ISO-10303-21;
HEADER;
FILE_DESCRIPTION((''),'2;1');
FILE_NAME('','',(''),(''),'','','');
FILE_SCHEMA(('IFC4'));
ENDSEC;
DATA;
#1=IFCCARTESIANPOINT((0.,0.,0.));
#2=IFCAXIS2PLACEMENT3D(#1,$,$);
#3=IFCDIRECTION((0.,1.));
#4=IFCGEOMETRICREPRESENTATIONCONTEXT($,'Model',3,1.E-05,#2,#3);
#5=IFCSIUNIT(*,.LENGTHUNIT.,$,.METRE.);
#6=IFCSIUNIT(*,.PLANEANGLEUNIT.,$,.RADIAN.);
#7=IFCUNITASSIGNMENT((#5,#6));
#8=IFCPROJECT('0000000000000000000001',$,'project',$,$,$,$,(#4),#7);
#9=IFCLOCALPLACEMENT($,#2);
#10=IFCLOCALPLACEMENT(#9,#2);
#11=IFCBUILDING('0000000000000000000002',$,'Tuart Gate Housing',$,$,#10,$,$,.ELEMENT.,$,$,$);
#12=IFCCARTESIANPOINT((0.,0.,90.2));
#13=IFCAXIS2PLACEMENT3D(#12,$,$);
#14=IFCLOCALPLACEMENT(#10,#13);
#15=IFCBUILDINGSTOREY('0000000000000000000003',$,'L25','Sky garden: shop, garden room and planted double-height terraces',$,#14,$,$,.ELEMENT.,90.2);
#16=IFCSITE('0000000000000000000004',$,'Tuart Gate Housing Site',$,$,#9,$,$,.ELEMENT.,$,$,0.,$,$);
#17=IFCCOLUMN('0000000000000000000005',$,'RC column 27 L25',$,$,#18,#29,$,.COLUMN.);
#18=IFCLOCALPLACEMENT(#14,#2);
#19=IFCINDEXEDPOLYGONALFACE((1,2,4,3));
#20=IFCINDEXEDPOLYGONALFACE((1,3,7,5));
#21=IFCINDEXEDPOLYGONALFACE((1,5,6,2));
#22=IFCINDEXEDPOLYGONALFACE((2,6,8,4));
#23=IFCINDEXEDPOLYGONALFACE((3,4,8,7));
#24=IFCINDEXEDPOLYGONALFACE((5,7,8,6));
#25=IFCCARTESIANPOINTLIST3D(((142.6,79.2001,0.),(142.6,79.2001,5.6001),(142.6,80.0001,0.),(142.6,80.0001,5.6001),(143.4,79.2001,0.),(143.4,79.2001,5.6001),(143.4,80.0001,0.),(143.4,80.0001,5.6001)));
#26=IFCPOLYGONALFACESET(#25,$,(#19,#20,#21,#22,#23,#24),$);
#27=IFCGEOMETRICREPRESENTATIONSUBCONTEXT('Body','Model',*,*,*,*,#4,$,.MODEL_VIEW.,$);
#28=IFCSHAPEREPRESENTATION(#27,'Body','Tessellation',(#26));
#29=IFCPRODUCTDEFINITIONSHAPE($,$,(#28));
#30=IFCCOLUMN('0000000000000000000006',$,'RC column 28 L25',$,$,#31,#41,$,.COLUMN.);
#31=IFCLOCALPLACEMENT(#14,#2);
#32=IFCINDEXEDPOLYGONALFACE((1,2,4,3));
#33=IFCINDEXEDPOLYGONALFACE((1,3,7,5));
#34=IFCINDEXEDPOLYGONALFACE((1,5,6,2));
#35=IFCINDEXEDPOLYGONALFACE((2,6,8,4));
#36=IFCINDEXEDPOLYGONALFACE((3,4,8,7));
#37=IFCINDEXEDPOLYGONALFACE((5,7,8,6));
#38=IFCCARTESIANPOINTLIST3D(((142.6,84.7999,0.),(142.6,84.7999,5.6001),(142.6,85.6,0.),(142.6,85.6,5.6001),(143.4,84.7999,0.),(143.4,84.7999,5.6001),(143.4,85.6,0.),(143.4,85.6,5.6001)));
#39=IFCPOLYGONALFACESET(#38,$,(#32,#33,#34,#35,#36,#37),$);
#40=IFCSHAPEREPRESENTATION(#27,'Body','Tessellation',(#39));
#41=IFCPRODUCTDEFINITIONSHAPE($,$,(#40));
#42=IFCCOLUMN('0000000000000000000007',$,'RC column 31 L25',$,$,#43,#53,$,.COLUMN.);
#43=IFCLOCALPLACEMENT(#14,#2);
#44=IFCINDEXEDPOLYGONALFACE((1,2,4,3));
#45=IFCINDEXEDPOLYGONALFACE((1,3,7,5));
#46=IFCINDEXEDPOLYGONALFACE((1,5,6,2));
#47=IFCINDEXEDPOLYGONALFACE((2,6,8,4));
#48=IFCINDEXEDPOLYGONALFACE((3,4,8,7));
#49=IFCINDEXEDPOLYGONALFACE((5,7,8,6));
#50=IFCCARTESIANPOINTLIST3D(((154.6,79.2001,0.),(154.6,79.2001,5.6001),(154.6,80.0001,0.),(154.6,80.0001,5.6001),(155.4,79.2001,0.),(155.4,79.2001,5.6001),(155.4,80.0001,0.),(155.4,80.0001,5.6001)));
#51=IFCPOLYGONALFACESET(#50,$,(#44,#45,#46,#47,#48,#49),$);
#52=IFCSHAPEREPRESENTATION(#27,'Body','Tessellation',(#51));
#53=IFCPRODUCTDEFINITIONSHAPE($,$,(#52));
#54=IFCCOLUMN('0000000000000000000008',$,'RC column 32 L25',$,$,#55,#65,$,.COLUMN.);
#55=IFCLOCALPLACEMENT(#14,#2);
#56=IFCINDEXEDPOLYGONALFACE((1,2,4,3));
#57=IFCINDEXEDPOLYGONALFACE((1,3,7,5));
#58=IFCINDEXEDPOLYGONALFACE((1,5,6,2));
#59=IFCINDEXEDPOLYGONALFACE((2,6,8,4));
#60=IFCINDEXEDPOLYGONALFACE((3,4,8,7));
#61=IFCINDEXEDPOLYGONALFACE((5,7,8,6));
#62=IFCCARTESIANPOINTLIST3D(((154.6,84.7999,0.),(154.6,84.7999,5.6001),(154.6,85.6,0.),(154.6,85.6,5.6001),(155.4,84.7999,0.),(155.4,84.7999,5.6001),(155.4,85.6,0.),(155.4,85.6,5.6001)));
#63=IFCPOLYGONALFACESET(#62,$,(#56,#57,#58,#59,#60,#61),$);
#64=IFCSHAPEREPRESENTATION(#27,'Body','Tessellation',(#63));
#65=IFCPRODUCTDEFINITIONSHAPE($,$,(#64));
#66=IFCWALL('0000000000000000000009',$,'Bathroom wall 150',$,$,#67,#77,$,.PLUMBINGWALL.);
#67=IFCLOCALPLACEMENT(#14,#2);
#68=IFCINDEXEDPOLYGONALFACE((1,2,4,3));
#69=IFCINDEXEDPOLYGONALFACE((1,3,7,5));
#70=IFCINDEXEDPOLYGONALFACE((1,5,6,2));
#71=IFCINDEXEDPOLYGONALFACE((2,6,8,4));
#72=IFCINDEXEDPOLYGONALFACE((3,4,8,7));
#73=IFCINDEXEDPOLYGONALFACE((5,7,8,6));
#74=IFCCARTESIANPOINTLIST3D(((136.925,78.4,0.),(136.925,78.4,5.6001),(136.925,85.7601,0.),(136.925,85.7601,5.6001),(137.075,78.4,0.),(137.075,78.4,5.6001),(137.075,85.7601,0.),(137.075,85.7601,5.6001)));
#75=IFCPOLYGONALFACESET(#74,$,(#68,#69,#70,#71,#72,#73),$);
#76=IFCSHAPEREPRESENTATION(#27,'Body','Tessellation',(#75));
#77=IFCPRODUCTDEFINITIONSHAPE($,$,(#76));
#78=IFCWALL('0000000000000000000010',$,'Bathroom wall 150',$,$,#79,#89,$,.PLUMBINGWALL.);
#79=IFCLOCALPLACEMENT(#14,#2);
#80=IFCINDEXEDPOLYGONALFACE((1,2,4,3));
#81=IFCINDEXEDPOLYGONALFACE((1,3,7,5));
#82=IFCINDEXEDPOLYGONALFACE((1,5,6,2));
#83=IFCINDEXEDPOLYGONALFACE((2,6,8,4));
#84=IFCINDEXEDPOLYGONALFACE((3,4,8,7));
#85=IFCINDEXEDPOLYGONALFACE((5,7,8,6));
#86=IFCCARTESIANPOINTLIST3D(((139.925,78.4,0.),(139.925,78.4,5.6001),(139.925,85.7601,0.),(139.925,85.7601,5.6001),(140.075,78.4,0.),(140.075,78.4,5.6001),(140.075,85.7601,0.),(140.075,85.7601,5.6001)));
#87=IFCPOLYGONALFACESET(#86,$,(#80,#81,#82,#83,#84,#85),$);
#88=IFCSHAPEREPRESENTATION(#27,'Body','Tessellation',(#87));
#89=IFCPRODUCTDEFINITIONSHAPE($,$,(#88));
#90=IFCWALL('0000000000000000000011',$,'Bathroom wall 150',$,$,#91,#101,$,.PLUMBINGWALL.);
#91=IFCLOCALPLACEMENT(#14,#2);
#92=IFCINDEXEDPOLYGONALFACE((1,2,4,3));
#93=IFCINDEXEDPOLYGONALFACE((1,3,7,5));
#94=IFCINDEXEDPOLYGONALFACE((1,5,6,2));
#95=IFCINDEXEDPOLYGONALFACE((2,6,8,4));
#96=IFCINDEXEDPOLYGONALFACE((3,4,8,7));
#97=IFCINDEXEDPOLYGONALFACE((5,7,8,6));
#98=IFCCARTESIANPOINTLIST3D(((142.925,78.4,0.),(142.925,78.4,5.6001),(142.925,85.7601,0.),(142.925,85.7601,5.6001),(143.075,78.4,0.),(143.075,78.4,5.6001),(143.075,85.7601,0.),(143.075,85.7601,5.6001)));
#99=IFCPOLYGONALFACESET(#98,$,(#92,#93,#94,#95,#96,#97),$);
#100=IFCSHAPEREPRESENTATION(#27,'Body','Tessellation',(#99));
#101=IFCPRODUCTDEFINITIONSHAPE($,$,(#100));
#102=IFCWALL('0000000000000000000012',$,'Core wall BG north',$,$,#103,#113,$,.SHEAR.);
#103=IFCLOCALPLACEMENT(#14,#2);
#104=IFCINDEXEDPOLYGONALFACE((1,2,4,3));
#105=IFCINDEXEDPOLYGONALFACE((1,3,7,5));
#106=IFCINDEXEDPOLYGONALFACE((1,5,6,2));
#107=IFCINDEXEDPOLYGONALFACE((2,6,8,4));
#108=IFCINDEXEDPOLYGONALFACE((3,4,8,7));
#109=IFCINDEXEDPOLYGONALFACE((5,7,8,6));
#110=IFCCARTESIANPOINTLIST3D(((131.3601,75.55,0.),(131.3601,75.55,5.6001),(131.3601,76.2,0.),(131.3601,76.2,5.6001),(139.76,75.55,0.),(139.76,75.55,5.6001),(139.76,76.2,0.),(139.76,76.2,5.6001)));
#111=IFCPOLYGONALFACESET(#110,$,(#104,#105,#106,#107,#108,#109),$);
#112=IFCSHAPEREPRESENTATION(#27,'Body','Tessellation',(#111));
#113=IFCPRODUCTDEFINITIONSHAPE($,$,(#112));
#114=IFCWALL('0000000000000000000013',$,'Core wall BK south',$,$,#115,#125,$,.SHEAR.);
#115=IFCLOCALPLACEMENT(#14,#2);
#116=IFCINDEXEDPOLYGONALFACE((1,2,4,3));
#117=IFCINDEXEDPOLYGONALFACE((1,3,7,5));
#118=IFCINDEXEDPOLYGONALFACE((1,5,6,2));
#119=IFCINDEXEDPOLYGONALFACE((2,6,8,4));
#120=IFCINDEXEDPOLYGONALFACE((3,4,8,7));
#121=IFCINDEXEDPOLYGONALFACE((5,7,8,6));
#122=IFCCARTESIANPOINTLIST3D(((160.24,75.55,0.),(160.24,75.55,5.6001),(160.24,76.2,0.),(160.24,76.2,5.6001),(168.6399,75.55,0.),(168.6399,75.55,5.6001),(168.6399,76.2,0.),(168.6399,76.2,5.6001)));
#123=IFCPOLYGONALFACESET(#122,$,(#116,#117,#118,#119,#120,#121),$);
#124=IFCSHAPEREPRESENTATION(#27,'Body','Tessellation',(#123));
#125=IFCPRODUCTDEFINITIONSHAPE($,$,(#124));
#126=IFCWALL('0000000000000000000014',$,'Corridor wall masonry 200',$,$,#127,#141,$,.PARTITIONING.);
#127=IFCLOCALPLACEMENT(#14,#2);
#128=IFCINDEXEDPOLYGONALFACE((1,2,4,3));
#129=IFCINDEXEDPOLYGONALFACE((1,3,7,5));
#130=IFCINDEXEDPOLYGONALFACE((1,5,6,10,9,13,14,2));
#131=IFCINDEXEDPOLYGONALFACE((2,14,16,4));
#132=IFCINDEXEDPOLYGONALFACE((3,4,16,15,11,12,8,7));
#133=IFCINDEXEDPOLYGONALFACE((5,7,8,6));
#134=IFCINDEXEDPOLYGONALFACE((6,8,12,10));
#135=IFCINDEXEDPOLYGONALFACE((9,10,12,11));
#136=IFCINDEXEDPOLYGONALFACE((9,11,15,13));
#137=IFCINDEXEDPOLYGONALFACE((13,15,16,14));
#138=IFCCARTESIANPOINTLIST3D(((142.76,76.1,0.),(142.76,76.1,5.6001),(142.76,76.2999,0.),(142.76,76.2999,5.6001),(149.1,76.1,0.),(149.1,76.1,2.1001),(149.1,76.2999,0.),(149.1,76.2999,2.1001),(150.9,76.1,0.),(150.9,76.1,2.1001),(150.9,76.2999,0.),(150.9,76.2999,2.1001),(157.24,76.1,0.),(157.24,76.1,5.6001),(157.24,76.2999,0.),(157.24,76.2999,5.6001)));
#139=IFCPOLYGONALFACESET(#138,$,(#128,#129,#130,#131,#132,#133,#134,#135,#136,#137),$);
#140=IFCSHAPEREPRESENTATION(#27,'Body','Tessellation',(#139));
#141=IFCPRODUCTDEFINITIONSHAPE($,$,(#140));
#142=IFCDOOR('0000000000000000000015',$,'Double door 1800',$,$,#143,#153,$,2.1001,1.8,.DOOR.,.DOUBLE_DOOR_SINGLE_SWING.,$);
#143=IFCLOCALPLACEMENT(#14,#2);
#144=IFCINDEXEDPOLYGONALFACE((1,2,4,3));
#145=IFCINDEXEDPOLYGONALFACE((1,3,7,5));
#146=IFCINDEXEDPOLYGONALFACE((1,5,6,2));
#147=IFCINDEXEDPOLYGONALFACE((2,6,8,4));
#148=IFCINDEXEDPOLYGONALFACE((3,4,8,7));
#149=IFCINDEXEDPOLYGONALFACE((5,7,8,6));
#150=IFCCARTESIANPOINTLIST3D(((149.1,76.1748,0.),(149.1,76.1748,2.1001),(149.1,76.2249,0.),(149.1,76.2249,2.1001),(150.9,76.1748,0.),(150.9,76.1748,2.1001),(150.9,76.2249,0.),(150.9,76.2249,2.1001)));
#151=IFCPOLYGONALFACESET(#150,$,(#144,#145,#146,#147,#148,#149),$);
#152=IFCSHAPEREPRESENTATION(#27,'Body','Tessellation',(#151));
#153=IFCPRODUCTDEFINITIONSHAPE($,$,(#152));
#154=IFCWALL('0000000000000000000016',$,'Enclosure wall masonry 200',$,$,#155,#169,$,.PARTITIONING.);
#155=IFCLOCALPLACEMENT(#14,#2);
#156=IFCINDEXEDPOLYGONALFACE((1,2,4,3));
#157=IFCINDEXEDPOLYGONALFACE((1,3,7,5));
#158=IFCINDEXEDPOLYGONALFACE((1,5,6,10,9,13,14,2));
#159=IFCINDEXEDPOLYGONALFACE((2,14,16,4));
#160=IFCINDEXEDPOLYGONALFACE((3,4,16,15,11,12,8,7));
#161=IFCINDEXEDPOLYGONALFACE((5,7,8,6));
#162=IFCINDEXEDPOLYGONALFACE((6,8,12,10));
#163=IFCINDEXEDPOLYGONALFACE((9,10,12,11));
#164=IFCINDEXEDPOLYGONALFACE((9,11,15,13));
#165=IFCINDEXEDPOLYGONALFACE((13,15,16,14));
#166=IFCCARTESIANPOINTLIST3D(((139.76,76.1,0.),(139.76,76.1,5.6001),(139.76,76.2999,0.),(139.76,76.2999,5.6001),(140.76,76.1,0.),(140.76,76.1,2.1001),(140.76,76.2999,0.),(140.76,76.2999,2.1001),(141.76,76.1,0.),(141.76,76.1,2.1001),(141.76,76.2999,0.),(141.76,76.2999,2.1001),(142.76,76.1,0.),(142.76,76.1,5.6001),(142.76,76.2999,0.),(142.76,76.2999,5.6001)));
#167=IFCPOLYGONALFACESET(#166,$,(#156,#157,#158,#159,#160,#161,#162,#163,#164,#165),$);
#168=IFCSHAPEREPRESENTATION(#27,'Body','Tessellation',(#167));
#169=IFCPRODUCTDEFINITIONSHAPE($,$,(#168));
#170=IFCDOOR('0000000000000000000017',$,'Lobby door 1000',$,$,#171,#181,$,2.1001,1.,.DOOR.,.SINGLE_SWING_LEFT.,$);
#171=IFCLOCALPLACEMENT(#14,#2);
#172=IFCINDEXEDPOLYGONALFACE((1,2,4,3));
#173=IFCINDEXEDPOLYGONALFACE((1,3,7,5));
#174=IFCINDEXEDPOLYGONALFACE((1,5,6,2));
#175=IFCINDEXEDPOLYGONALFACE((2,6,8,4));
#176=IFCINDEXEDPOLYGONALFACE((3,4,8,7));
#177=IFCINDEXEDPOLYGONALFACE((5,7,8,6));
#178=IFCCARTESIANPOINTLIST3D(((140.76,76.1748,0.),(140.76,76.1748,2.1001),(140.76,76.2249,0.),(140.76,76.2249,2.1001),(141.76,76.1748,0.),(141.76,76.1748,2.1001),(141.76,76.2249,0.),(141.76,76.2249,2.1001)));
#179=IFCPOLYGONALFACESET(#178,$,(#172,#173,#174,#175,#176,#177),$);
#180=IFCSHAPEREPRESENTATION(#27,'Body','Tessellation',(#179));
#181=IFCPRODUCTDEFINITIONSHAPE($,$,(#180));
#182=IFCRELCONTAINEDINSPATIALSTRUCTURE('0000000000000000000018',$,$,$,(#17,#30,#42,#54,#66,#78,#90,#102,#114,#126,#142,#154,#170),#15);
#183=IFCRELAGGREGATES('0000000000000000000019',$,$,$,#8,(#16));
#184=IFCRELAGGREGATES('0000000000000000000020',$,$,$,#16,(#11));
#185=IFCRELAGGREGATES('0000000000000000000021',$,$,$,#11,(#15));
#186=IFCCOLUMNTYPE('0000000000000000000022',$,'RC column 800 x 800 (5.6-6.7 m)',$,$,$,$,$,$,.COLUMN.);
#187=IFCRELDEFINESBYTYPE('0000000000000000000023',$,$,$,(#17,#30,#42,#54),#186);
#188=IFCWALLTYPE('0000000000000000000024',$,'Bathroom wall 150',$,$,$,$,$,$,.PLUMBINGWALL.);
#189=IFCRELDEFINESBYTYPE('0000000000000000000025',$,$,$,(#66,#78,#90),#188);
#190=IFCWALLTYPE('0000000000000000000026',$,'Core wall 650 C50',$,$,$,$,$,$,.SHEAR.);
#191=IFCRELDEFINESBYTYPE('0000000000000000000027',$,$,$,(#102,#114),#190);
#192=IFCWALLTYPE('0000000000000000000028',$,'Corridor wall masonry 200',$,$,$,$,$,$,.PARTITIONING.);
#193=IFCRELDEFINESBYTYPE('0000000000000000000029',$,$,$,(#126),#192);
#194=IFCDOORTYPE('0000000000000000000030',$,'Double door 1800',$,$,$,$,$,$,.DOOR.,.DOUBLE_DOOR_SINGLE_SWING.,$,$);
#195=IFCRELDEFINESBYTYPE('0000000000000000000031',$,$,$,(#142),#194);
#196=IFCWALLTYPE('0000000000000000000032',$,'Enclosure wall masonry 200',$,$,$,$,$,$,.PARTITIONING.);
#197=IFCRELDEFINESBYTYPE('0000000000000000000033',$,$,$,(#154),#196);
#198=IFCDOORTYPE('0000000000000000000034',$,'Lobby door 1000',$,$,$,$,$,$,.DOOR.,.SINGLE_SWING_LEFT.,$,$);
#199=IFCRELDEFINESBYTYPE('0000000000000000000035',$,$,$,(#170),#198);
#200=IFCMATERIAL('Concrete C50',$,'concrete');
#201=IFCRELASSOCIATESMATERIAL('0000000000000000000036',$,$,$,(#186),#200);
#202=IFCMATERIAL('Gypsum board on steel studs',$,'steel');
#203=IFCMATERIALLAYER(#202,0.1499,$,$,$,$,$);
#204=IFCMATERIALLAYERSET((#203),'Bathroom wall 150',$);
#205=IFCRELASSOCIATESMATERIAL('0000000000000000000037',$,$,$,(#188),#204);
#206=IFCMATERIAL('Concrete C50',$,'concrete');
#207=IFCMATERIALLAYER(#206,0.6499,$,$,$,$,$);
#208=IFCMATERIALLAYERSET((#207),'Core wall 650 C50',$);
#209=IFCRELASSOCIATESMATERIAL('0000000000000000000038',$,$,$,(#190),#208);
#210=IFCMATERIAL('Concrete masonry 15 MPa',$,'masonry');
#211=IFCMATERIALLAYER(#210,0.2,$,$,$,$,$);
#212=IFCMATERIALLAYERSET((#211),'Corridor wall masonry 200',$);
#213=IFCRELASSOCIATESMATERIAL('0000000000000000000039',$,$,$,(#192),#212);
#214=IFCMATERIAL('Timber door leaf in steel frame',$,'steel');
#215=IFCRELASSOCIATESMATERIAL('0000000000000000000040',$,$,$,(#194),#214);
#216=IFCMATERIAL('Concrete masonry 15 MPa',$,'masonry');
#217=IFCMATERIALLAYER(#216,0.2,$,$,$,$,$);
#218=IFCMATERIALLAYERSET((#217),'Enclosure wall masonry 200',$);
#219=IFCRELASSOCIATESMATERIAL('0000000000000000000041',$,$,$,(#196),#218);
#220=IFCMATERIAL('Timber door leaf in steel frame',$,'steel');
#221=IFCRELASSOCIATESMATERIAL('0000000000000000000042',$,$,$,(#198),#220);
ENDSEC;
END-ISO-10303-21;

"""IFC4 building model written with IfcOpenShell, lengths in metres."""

from ifc_helpers import new_model, si_unit, direction, frame, frame_2d, origin, origin_2d, place, context, subcontext, project, spatial, rectangle, extrude, material, layer, layer_set, material_profile, profile_set, type_object, element, fill, save


model = new_model("IFC4")

# Units and contexts
model_context = context("Model", 3, precision=1e-05, world=origin(), true_north=direction((0.0, 1.0)))
body_context = subcontext(model_context, "Body", "Model", "MODEL_VIEW")
ifc_project = project(units=[si_unit("LENGTHUNIT", "METRE"), si_unit("PLANEANGLEUNIT", "RADIAN")], contexts=[model_context])

# Site, building, storey
site_placement = place(None, origin())
site = spatial("IfcSite", under=ifc_project, at=site_placement, Name="Tuart Gate Housing Site", CompositionType="ELEMENT", RefElevation=0.0)
building_placement = place(site_placement, origin())
building = spatial("IfcBuilding", under=site, at=building_placement, Name="Tuart Gate Housing", CompositionType="ELEMENT")
storey_placement = place(building_placement, frame((0.0, 0.0, 90.2)))
storey = spatial("IfcBuildingStorey", under=building, at=storey_placement, Name="L25", Description="Sky garden: shop, garden room and planted double-height terraces", CompositionType="ELEMENT", Elevation=90.2)

# Columns
ifc_material_1 = material(Name="Concrete C50", Category="concrete")
ifc_material_profile = material_profile(ifc_material_1, rectangle(XDim=0.8, YDim=0.8, at=origin_2d()), Name="RC column 800 x 800 (5.6-6.7 m)")
ifc_profile_set = profile_set([ifc_material_profile], Name="Concrete C50")
column_type = type_object("IfcColumnType", Name="RC column 800 x 800 (5.6-6.7 m)", PredefinedType="COLUMN", material=ifc_profile_set)
for number, where, z_axis, x_axis, name in (
    (1, (143.0, 79.6001, 0.0), (0.0, 0.0, 1.0), (1.0, 0.0, 0.0), "RC column 27 L25"),
    (2, (143.0, 85.2, 0.0), (0.0, 0.0, 1.0), (1.0, 0.0, 0.0), "RC column 28 L25"),
    (3, (155.0, 79.6001, 0.0), (0.0, 0.0, 1.0), (1.0, 0.0, 0.0), "RC column 31 L25"),
    (4, (155.0, 85.2, 0.0), (0.0, 0.0, 1.0), (1.0, 0.0, 0.0), "RC column 32 L25"),
):
    element("IfcColumn", number, at=place(storey_placement, frame(where, z_axis=z_axis, x_axis=x_axis)), inside=storey, type_object=column_type, Name=name, PredefinedType="COLUMN", context=body_context, shape_type="SweptSolid", body=[
        extrude(rectangle(XDim=0.8, YDim=0.8, at=origin_2d()), origin(), (0.0, 0.0, 1.0), 5.6001),
    ])

# Walls
ifc_material_2 = material(Name="Gypsum board on steel studs", Category="steel")
ifc_layer_1 = layer(ifc_material_2, 0.1499)
ifc_layer_set_1 = layer_set([ifc_layer_1], Name="Bathroom wall 150")
wall_type_1 = type_object("IfcWallType", Name="Bathroom wall 150", PredefinedType="PLUMBINGWALL", material=ifc_layer_set_1)
for number, where, z_axis, x_axis, name in (
    (5, (137.0, 78.3999, 0.0), (0.0, 0.0, 1.0), (0.0, 1.0, 0.0), "Bathroom wall 150"),
    (6, (140.0, 78.3999, 0.0), (0.0, 0.0, 1.0), (0.0, 1.0, 0.0), "Bathroom wall 150"),
    (7, (143.0, 78.3999, 0.0), (0.0, 0.0, 1.0), (0.0, 1.0, 0.0), "Bathroom wall 150"),
):
    element("IfcWall", number, at=place(storey_placement, frame(where, z_axis=z_axis, x_axis=x_axis)), inside=storey, type_object=wall_type_1, Name=name, PredefinedType="PLUMBINGWALL", context=body_context, shape_type="SweptSolid", body=[
        extrude(rectangle(XDim=7.3601, YDim=0.1499, at=frame_2d((3.6802, 0.0))), origin(), (0.0, 0.0, 1.0), 5.6001),
    ])
ifc_material_3 = material(Name="Concrete C50", Category="concrete")
ifc_layer_2 = layer(ifc_material_3, 0.6499)
ifc_layer_set_2 = layer_set([ifc_layer_2], Name="Core wall 650 C50")
wall_type_2 = type_object("IfcWallType", Name="Core wall 650 C50", PredefinedType="SHEAR", material=ifc_layer_set_2)
for number, where, z_axis, x_axis, name in (
    (8, (139.76, 75.875, 0.0), (0.0, 0.0, 1.0), (-1.0, 0.0, 0.0), "Core wall BG north"),
    (9, (160.24, 75.875, 0.0), (0.0, 0.0, 1.0), (1.0, 0.0, 0.0), "Core wall BK south"),
):
    element("IfcWall", number, at=place(storey_placement, frame(where, z_axis=z_axis, x_axis=x_axis)), inside=storey, type_object=wall_type_2, Name=name, PredefinedType="SHEAR", context=body_context, shape_type="SweptSolid", body=[
        extrude(rectangle(XDim=8.3999, YDim=0.6499, at=frame_2d((4.2, 0.0))), origin(), (0.0, 0.0, 1.0), 5.6001),
    ])

# Walls, openings, doors
ifc_material_4 = material(Name="Concrete masonry 15 MPa", Category="masonry")
ifc_layer_3 = layer(ifc_material_4, 0.2)
ifc_layer_set_3 = layer_set([ifc_layer_3], Name="Corridor wall masonry 200")
wall_type_3 = type_object("IfcWallType", Name="Corridor wall masonry 200", PredefinedType="PARTITIONING", material=ifc_layer_set_3)
wall_1_placement = place(storey_placement, frame((142.76, 76.2, 0.0), z_axis=(0.0, 0.0, 1.0), x_axis=(1.0, 0.0, 0.0)))
wall_1 = element("IfcWall", 10, at=wall_1_placement, inside=storey, type_object=wall_type_3, Name="Corridor wall masonry 200", PredefinedType="PARTITIONING", context=body_context, shape_type="SweptSolid", body=[
    extrude(rectangle(XDim=14.48, YDim=0.2, at=frame_2d((7.24, 0.0))), origin(), (0.0, 0.0, 1.0), 5.6001),
])
opening_1_placement = place(wall_1_placement, frame((6.3401, 0.0, 0.0)))
opening_1 = element("IfcOpeningElement", 11, at=opening_1_placement, cuts=wall_1, PredefinedType="OPENING", context=body_context, shape_type="SweptSolid", body=[
    extrude(rectangle(XDim=1.8, YDim=2.1001, at=frame_2d((0.8999, 1.05))), frame((0.0, 0.1099, 0.0), z_axis=(0.0, -1.0, 0.0), x_axis=(1.0, 0.0, 0.0)), (0.0, 0.0, 1.0), 0.22),
])
ifc_material_5 = material(Name="Timber door leaf in steel frame", Category="steel")
door_type_1 = type_object("IfcDoorType", Name="Double door 1800", OperationType="DOUBLE_DOOR_SINGLE_SWING", PredefinedType="DOOR", material=ifc_material_5)
door_1_placement = place(opening_1_placement, frame((1.8, 0.0, 0.0), z_axis=(0.0, 0.0, 1.0), x_axis=(-1.0, 0.0, 0.0)))
door_1 = element("IfcDoor", 12, at=door_1_placement, inside=storey, type_object=door_type_1, Name="Double door 1800", OperationType="DOUBLE_DOOR_SINGLE_SWING", OverallHeight=2.1001, OverallWidth=1.8, PredefinedType="DOOR", context=body_context, shape_type="SweptSolid", body=[
    extrude(rectangle(XDim=1.8, YDim=2.1001, at=frame_2d((0.9001, 1.05))), frame((0.0, 0.0251, 0.0), z_axis=(0.0, -1.0, 0.0), x_axis=(1.0, 0.0, 0.0)), (0.0, 0.0, 1.0), 0.05),
])
fill(opening_1, door_1)
ifc_material_6 = material(Name="Concrete masonry 15 MPa", Category="masonry")
ifc_layer_4 = layer(ifc_material_6, 0.2)
ifc_layer_set_4 = layer_set([ifc_layer_4], Name="Enclosure wall masonry 200")
wall_type_4 = type_object("IfcWallType", Name="Enclosure wall masonry 200", PredefinedType="PARTITIONING", material=ifc_layer_set_4)
wall_2_placement = place(storey_placement, frame((139.76, 76.2, 0.0), z_axis=(0.0, 0.0, 1.0), x_axis=(1.0, 0.0, 0.0)))
wall_2 = element("IfcWall", 13, at=wall_2_placement, inside=storey, type_object=wall_type_4, Name="Enclosure wall masonry 200", PredefinedType="PARTITIONING", context=body_context, shape_type="SweptSolid", body=[
    extrude(rectangle(XDim=3.0, YDim=0.2, at=frame_2d((1.5, 0.0))), origin(), (0.0, 0.0, 1.0), 5.6001),
])
opening_2_placement = place(wall_2_placement, frame((1.0, 0.0, 0.0)))
opening_2 = element("IfcOpeningElement", 14, at=opening_2_placement, cuts=wall_2, PredefinedType="OPENING", context=body_context, shape_type="SweptSolid", body=[
    extrude(rectangle(XDim=1.0, YDim=2.1001, at=frame_2d((0.5, 1.05))), frame((0.0, 0.1099, 0.0), z_axis=(0.0, -1.0, 0.0), x_axis=(1.0, 0.0, 0.0)), (0.0, 0.0, 1.0), 0.22),
])
ifc_material_7 = material(Name="Timber door leaf in steel frame", Category="steel")
door_type_2 = type_object("IfcDoorType", Name="Lobby door 1000", OperationType="SINGLE_SWING_LEFT", PredefinedType="DOOR", material=ifc_material_7)
door_2_placement = place(opening_2_placement, frame((1.0, 0.0, 0.0), z_axis=(0.0, 0.0, 1.0), x_axis=(-1.0, 0.0, 0.0)))
door_2 = element("IfcDoor", 15, at=door_2_placement, inside=storey, type_object=door_type_2, Name="Lobby door 1000", OperationType="SINGLE_SWING_LEFT", OverallHeight=2.1001, OverallWidth=1.0, PredefinedType="DOOR", context=body_context, shape_type="SweptSolid", body=[
    extrude(rectangle(XDim=1.0, YDim=2.1001, at=frame_2d((0.5, 1.05))), frame((0.0, 0.0251, 0.0), z_axis=(0.0, -1.0, 0.0), x_axis=(1.0, 0.0, 0.0)), (0.0, 0.0, 1.0), 0.05),
])
fill(opening_2, door_2)

save(model, "model.ifc")
